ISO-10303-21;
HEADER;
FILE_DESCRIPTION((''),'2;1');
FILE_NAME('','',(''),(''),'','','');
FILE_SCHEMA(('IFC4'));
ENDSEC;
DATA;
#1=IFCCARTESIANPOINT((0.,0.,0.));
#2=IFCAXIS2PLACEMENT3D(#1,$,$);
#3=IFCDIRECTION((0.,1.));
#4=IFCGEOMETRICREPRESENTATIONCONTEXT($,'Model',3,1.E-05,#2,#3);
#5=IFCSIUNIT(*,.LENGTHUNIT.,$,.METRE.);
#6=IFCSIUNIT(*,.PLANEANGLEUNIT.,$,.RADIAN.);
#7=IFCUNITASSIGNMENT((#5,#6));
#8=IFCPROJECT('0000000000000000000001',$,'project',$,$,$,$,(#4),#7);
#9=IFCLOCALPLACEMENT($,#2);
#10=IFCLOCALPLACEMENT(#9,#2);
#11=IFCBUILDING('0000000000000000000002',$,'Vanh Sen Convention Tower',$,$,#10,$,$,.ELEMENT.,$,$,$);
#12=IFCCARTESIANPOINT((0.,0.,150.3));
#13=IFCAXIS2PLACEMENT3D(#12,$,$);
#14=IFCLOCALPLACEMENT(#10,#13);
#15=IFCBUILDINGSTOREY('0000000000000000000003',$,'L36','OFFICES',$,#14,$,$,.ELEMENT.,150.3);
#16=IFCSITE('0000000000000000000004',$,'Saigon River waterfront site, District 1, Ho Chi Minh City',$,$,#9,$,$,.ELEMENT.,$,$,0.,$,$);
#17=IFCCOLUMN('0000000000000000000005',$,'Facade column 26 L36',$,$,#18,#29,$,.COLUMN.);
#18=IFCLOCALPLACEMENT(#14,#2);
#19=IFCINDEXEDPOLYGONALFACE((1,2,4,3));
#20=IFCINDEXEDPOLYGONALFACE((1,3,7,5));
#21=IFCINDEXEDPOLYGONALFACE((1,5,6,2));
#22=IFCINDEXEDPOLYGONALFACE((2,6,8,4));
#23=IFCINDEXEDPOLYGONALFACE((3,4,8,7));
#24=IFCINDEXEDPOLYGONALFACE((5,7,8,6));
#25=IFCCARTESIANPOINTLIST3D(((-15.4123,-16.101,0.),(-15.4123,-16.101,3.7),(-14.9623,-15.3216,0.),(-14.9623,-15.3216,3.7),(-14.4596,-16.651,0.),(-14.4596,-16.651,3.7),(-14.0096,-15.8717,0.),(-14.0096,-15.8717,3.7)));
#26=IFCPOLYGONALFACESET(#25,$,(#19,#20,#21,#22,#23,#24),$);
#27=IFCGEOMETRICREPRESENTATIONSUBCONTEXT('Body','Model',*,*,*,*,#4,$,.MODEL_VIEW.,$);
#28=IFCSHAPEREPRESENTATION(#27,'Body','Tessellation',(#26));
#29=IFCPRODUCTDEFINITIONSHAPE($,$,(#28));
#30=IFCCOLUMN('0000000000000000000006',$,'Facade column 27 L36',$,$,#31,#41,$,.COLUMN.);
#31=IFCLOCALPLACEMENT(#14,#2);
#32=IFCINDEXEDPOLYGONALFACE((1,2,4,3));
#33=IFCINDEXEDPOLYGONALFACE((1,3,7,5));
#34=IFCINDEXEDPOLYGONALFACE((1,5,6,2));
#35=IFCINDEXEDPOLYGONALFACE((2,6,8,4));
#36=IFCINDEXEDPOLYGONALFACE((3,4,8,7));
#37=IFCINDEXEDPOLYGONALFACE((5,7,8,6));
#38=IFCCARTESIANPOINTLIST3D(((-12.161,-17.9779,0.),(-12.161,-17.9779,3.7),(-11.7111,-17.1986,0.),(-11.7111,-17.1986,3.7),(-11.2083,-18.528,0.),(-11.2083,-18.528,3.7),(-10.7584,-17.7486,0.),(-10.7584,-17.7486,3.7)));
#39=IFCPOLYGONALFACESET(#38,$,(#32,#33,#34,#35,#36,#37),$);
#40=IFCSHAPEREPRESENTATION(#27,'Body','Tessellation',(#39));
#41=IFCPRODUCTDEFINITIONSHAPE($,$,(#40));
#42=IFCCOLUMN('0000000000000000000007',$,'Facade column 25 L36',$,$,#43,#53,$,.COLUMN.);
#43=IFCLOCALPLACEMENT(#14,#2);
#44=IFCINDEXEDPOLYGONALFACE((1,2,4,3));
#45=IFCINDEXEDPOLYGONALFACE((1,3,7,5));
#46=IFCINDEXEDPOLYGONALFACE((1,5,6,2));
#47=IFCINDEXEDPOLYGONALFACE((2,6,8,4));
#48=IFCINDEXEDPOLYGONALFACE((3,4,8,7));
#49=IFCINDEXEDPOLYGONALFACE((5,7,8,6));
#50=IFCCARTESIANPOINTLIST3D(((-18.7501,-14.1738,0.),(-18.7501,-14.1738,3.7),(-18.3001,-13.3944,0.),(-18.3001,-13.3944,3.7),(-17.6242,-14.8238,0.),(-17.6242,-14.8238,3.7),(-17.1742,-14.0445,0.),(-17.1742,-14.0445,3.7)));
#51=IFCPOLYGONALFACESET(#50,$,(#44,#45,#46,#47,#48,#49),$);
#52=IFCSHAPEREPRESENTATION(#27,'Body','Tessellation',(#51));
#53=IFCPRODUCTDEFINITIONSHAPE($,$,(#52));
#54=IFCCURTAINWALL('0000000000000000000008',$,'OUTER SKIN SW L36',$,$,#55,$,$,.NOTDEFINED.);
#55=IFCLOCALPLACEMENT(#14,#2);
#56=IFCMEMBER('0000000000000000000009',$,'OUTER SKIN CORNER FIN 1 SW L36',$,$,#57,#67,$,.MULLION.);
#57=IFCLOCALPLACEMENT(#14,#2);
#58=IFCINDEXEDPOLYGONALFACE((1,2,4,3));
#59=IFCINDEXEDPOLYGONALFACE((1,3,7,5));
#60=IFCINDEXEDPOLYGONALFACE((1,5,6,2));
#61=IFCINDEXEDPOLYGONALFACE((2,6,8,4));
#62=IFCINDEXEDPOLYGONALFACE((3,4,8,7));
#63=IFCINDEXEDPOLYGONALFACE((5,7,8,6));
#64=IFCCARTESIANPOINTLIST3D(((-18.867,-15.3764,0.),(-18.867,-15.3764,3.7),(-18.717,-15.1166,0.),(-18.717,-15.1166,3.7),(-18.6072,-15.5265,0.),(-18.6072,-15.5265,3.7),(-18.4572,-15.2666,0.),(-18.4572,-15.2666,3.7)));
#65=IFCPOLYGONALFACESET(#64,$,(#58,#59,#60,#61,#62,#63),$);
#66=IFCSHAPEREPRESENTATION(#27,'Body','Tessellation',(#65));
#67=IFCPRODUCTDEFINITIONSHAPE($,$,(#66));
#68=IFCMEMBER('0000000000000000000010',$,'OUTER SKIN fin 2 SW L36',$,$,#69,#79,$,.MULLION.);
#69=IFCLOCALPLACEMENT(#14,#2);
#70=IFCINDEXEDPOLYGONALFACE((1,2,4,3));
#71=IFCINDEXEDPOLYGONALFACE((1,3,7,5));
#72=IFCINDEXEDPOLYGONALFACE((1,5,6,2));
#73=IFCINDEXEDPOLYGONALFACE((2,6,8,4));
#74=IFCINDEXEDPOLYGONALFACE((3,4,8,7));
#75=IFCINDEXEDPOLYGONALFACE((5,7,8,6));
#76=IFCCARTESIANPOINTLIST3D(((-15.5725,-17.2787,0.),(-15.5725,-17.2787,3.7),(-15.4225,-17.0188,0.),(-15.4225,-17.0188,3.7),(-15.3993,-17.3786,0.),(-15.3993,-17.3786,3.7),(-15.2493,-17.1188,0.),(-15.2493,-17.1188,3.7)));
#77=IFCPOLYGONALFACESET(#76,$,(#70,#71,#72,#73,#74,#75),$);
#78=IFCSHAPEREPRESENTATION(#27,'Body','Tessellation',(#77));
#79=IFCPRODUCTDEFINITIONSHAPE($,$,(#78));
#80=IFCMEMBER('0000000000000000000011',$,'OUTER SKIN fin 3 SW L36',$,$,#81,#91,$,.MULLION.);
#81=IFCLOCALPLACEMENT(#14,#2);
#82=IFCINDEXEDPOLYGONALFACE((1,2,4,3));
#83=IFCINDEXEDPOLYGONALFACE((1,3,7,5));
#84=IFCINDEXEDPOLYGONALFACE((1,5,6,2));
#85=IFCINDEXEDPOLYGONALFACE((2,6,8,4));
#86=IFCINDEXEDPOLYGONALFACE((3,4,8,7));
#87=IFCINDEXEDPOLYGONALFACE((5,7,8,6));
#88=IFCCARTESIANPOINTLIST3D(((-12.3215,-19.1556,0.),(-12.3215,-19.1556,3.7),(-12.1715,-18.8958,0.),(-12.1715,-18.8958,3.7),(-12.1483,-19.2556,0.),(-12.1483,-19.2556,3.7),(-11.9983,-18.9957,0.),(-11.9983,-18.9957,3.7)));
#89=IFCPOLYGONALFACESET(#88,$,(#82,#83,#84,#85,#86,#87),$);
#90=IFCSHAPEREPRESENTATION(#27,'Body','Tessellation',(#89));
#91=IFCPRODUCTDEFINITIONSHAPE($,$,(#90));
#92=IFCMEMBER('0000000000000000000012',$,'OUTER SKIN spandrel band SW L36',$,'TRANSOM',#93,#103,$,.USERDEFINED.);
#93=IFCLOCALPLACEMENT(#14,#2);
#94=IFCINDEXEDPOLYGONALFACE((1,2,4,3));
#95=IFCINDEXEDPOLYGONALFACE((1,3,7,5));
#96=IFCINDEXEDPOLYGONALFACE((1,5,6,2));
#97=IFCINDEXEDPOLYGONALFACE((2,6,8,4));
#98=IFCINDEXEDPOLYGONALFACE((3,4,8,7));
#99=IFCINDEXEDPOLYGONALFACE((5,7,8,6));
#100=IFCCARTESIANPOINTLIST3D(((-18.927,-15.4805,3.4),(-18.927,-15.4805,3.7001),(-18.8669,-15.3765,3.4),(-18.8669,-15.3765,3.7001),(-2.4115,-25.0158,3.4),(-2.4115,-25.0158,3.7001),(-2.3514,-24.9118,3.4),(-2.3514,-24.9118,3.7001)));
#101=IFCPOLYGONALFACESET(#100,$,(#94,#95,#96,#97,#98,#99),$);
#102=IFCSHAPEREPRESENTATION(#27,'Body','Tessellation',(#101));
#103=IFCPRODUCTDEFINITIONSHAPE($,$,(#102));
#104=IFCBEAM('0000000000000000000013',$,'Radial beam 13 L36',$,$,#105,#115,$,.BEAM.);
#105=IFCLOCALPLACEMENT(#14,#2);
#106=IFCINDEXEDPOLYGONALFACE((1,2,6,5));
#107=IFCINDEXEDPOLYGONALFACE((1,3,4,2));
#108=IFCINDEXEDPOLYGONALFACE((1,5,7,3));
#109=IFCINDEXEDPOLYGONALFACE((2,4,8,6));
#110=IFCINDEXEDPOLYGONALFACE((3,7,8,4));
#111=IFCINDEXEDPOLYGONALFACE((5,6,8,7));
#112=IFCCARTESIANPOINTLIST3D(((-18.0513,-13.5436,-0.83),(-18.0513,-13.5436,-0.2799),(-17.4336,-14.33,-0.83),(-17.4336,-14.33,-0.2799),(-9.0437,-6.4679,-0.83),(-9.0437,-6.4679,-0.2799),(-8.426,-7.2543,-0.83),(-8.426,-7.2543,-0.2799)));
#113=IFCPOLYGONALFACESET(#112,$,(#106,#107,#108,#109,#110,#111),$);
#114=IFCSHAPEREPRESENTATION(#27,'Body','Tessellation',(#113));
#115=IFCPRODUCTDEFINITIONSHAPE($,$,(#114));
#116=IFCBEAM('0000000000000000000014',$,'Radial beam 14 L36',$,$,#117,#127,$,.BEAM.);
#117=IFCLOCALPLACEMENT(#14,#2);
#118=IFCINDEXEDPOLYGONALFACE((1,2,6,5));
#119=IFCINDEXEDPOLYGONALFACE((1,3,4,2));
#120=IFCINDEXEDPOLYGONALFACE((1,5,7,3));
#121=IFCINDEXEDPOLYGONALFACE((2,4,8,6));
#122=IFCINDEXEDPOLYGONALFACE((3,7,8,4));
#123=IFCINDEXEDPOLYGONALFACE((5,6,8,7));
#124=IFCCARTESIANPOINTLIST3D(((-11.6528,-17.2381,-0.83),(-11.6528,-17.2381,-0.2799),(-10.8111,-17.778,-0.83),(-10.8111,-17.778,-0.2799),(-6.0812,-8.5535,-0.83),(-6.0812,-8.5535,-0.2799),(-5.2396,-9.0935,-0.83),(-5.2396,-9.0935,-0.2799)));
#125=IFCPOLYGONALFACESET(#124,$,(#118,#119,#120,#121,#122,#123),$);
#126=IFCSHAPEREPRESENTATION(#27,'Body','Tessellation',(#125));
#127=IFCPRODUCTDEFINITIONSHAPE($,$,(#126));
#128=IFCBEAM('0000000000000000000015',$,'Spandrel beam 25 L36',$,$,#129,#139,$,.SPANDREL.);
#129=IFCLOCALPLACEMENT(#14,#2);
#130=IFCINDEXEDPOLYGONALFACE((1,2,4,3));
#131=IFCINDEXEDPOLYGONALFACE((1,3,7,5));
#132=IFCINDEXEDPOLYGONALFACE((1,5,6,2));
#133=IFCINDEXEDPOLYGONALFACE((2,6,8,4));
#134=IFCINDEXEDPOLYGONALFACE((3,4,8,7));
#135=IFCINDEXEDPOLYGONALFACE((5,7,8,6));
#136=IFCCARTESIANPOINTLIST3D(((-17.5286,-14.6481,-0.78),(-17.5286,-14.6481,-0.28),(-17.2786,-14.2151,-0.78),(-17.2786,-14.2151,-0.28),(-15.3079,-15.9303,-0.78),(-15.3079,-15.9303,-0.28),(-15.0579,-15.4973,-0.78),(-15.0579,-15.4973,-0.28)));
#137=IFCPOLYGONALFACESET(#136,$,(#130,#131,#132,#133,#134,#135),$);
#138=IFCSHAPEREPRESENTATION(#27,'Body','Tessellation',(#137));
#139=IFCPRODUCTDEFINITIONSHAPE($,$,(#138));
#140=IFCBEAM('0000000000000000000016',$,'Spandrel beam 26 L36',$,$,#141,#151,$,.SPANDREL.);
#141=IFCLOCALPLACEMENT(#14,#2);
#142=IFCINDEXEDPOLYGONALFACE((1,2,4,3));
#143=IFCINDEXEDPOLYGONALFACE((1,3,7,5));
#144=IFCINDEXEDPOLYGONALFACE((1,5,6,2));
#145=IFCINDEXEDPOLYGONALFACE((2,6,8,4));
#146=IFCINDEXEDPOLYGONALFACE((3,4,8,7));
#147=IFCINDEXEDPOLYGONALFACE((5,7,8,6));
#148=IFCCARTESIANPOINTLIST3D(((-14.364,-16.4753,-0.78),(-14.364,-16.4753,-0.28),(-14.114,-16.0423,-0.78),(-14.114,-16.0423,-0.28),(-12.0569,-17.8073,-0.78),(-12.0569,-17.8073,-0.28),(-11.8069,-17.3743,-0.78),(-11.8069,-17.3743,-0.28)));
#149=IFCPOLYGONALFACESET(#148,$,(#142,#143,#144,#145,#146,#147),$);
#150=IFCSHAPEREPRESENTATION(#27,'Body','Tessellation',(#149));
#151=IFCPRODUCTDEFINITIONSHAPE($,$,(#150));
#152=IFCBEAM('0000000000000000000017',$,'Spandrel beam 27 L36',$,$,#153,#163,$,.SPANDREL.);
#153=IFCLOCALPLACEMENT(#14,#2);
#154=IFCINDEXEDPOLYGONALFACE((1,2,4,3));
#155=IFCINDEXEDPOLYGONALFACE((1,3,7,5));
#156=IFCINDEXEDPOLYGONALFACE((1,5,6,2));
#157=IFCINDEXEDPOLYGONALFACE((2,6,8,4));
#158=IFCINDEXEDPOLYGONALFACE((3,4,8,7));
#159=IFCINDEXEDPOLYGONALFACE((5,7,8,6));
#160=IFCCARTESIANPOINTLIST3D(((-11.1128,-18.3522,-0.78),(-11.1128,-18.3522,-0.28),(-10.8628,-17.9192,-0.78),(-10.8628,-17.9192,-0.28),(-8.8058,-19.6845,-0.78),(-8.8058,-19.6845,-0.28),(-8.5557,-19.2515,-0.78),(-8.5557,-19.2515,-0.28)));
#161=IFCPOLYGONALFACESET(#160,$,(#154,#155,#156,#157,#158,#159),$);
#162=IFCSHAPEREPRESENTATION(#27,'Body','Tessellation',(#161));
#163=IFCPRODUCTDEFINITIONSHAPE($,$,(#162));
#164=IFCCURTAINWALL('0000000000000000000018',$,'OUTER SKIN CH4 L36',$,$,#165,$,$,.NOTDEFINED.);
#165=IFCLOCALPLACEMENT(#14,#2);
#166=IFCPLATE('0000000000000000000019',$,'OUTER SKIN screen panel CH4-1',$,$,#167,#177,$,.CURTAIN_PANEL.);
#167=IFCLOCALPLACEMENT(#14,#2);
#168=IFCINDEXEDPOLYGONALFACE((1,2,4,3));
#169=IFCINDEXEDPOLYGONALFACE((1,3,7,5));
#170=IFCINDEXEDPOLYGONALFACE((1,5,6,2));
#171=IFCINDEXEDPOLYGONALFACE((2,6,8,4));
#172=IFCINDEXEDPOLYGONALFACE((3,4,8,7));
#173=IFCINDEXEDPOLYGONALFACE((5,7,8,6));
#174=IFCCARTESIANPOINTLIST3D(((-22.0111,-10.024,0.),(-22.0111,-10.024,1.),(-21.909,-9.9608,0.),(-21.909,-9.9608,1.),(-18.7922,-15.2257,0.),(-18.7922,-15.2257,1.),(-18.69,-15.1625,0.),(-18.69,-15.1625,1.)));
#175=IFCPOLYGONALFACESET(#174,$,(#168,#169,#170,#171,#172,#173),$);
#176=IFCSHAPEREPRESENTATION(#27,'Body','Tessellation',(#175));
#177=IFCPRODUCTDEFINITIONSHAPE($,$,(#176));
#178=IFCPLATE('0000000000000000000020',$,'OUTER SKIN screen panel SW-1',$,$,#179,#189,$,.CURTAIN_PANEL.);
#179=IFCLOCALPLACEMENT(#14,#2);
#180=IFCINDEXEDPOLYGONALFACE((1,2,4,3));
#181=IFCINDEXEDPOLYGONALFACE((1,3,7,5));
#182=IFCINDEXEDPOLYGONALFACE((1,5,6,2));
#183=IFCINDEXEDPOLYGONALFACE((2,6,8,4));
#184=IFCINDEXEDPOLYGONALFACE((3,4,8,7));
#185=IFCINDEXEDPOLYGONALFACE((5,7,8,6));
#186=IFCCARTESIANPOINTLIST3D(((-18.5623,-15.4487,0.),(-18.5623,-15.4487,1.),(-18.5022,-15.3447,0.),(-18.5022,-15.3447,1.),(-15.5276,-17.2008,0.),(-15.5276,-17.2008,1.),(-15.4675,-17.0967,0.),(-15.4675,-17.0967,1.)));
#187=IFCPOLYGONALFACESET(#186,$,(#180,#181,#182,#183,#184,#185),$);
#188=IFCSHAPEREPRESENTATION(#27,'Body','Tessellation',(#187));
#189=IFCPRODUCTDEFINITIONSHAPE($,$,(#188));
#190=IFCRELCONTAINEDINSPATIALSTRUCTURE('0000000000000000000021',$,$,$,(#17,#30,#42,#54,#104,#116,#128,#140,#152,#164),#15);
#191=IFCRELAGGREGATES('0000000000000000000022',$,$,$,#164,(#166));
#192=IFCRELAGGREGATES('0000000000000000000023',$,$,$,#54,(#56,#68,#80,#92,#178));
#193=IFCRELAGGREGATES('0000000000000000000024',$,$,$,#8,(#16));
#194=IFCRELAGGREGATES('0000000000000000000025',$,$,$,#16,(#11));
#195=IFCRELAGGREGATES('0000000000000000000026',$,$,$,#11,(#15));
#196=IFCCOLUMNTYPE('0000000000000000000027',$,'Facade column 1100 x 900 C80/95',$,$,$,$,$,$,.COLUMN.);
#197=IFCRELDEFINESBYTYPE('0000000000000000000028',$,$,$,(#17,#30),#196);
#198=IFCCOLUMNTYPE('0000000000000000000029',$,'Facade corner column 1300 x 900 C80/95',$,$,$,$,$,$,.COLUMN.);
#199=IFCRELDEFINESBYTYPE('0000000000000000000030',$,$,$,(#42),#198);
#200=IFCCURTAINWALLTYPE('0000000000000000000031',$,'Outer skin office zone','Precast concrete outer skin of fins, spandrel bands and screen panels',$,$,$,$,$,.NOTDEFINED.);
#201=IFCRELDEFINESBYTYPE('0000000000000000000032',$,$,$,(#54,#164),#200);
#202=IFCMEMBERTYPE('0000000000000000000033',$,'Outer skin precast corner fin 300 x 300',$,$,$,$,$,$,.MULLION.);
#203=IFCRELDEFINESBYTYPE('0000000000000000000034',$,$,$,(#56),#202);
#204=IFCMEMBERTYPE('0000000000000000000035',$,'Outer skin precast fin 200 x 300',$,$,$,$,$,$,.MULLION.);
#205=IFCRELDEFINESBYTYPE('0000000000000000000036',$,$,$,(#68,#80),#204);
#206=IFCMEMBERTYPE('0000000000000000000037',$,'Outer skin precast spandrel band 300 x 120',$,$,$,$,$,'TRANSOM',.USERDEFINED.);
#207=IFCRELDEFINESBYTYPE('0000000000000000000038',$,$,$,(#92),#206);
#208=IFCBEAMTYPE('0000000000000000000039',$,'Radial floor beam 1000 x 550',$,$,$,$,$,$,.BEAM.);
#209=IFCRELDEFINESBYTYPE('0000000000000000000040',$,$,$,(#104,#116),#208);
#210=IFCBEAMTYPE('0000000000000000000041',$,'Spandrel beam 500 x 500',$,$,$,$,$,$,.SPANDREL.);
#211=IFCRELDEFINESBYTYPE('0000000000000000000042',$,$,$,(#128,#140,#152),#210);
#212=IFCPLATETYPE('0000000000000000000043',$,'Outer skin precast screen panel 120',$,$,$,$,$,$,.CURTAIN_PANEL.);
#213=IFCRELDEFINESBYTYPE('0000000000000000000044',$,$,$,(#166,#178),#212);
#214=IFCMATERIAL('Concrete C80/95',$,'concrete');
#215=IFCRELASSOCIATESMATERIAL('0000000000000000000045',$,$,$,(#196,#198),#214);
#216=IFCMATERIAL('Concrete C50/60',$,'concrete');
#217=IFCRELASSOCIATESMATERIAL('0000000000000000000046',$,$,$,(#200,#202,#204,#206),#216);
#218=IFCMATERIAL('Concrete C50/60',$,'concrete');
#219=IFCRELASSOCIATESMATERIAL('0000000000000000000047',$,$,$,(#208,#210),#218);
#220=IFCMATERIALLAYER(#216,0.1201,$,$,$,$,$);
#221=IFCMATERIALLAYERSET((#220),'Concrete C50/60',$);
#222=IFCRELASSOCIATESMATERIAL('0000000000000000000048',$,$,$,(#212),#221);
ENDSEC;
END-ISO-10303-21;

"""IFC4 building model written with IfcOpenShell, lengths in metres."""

from ifc_helpers import new_model, si_unit, direction, frame, origin, origin_2d, place, context, subcontext, project, spatial, rectangle, extrude, material, layer, layer_set, material_profile, profile_set, type_object, element, aggregate, save


model = new_model("IFC4")

# Units and contexts
model_context = context("Model", 3, precision=1e-05, world=origin(), true_north=direction((0.0, 1.0)))
body_context = subcontext(model_context, "Body", "Model", "MODEL_VIEW")
ifc_project = project(units=[si_unit("LENGTHUNIT", "METRE"), si_unit("PLANEANGLEUNIT", "RADIAN")], contexts=[model_context])

# Site, building, storey
site_placement = place(None, origin())
site = spatial("IfcSite", under=ifc_project, at=site_placement, Name="Saigon River waterfront site, District 1, Ho Chi Minh City", CompositionType="ELEMENT", RefElevation=0.0)
building_placement = place(site_placement, origin())
building = spatial("IfcBuilding", under=site, at=building_placement, Name="Vanh Sen Convention Tower", CompositionType="ELEMENT")
storey_placement = place(building_placement, frame((0.0, 0.0, 150.3)))
storey = spatial("IfcBuildingStorey", under=building, at=storey_placement, Name="L36", Description="OFFICES", CompositionType="ELEMENT", Elevation=150.3)

# Columns
ifc_material_1 = material(Name="Concrete C80/95", Category="concrete")
ifc_material_profile_1 = material_profile(ifc_material_1, rectangle(XDim=1.1001, YDim=0.8999, at=origin_2d()), Name="RC 1100X900")
ifc_profile_set_1 = profile_set([ifc_material_profile_1], Name="Concrete C80/95")
column_type_1 = type_object("IfcColumnType", Name="Facade column 1100 x 900 C80/95", PredefinedType="COLUMN", material=ifc_profile_set_1)
for number, where, z_axis, x_axis, name in (
    (1, (-14.7109, -15.9863, 0.0), (0.0, 0.0, 1.0), (0.866025, -0.5, 0.0), "Facade column 26 L36"),
    (2, (-11.4597, -17.8633, 0.0), (0.0, 0.0, 1.0), (0.866025, -0.5, 0.0), "Facade column 27 L36"),
):
    element("IfcColumn", number, at=place(storey_placement, frame(where, z_axis=z_axis, x_axis=x_axis)), inside=storey, type_object=column_type_1, Name=name, PredefinedType="COLUMN", context=body_context, shape_type="SweptSolid", body=[
        extrude(rectangle(XDim=1.1001, YDim=0.8999, at=origin_2d()), origin(), (0.0, 0.0, 1.0), 3.7),
    ])
ifc_material_profile_2 = material_profile(ifc_material_1, rectangle(XDim=1.3, YDim=0.8999, at=origin_2d()), Name="RC 1300X900")
ifc_profile_set_2 = profile_set([ifc_material_profile_2], Name="Concrete C80/95")
column_type_2 = type_object("IfcColumnType", Name="Facade corner column 1300 x 900 C80/95", PredefinedType="COLUMN", material=ifc_profile_set_2)
column_placement = place(storey_placement, frame((-17.9622, -14.1091, 0.0), z_axis=(0.0, 0.0, 1.0), x_axis=(0.866025, -0.5, 0.0)))
element("IfcColumn", 3, at=column_placement, inside=storey, type_object=column_type_2, Name="Facade column 25 L36", PredefinedType="COLUMN", context=body_context, shape_type="SweptSolid", body=[
    extrude(rectangle(XDim=1.3, YDim=0.8999, at=origin_2d()), origin(), (0.0, 0.0, 1.0), 3.7),
])

# Curtain wall, members
ifc_material_2 = material(Name="Concrete C50/60", Category="concrete")
curtain_wall_type = type_object("IfcCurtainWallType", Name="Outer skin office zone", Description="Precast concrete outer skin of fins, spandrel bands and screen panels", PredefinedType="NOTDEFINED", material=ifc_material_2)
curtain_wall_1_placement = place(storey_placement, origin())
curtain_wall_1 = element("IfcCurtainWall", 4, at=curtain_wall_1_placement, inside=storey, type_object=curtain_wall_type, Name="OUTER SKIN SW L36", PredefinedType="NOTDEFINED")
ifc_material_profile_3 = material_profile(ifc_material_2, rectangle(XDim=0.3, YDim=0.3, at=origin_2d()), Name="Outer skin precast corner fin 300 x 300")
ifc_profile_set_3 = profile_set([ifc_material_profile_3], Name="Concrete C50/60")
member_type_1 = type_object("IfcMemberType", Name="Outer skin precast corner fin 300 x 300", PredefinedType="MULLION", material=ifc_profile_set_3)
member_1_placement = place(storey_placement, frame((-18.6621, -15.3215, 0.0), z_axis=(0.0, 0.0, 1.0), x_axis=(0.866025, -0.5, 0.0)))
member_1 = element("IfcMember", 5, at=member_1_placement, type_object=member_type_1, Name="OUTER SKIN CORNER FIN 1 SW L36", PredefinedType="MULLION", context=body_context, shape_type="SweptSolid", body=[
    extrude(rectangle(XDim=0.3, YDim=0.3, at=origin_2d()), origin(), (0.0, 0.0, 1.0), 3.7),
])
ifc_material_profile_4 = material_profile(ifc_material_2, rectangle(XDim=0.2, YDim=0.3, at=origin_2d()), Name="Outer skin precast fin 200 x 300")
ifc_profile_set_4 = profile_set([ifc_material_profile_4], Name="Concrete C50/60")
member_type_2 = type_object("IfcMemberType", Name="Outer skin precast fin 200 x 300", PredefinedType="MULLION", material=ifc_profile_set_4)
member_2_placement = place(storey_placement, frame((-15.4109, -17.1987, 0.0), z_axis=(0.0, 0.0, 1.0), x_axis=(0.866025, -0.5, 0.0)))
member_2 = element("IfcMember", 6, at=member_2_placement, type_object=member_type_2, Name="OUTER SKIN fin 2 SW L36", PredefinedType="MULLION", context=body_context, shape_type="SweptSolid", body=[
    extrude(rectangle(XDim=0.2, YDim=0.3, at=origin_2d()), origin(), (0.0, 0.0, 1.0), 3.7),
])
member_3_placement = place(storey_placement, frame((-12.1599, -19.0757, 0.0), z_axis=(0.0, 0.0, 1.0), x_axis=(0.866025, -0.5, 0.0)))
member_3 = element("IfcMember", 7, at=member_3_placement, type_object=member_type_2, Name="OUTER SKIN fin 3 SW L36", PredefinedType="MULLION", context=body_context, shape_type="SweptSolid", body=[
    extrude(rectangle(XDim=0.2, YDim=0.3, at=origin_2d()), origin(), (0.0, 0.0, 1.0), 3.7),
])
ifc_material_profile_5 = material_profile(ifc_material_2, rectangle(XDim=0.1201, YDim=0.3, at=origin_2d()), Name="Outer skin precast spandrel band 300 x 120")
ifc_profile_set_5 = profile_set([ifc_material_profile_5], Name="Concrete C50/60")
member_type_3 = type_object("IfcMemberType", Name="Outer skin precast spandrel band 300 x 120", ElementType="TRANSOM", PredefinedType="USERDEFINED", material=ifc_profile_set_5)
member_4_placement = place(storey_placement, frame((-18.897, -15.4285, 3.55), z_axis=(0.866023, -0.500004, 0.0), x_axis=(0.500004, 0.866023, 0.0)))
member_4 = element("IfcMember", 8, at=member_4_placement, type_object=member_type_3, Name="OUTER SKIN spandrel band SW L36", ObjectType="TRANSOM", PredefinedType="USERDEFINED", context=body_context, shape_type="SweptSolid", body=[
    extrude(rectangle(XDim=0.1201, YDim=0.3, at=origin_2d()), origin(), (0.0, 0.0, 1.0), 19.0706),
])

# Beams
ifc_material_3 = material(Name="Concrete C50/60", Category="concrete")
ifc_material_profile_6 = material_profile(ifc_material_3, rectangle(XDim=1.0, YDim=0.55, at=origin_2d()), Name="RC 1000X550")
ifc_profile_set_6 = profile_set([ifc_material_profile_6], Name="Concrete C50/60")
beam_type_1 = type_object("IfcBeamType", Name="Radial floor beam 1000 x 550", PredefinedType="BEAM", material=ifc_profile_set_6)
beam_1_placement = place(storey_placement, frame((-17.7424, -13.9368, -0.5549), z_axis=(0.78639, 0.61773, 0.0), x_axis=(-0.61773, 0.78639, 0.0)))
element("IfcBeam", 9, at=beam_1_placement, inside=storey, type_object=beam_type_1, Name="Radial beam 13 L36", PredefinedType="BEAM", context=body_context, shape_type="SweptSolid", body=[
    extrude(rectangle(XDim=1.0, YDim=0.55, at=origin_2d()), origin(), (0.0, 0.0, 1.0), 11.4543),
])
beam_2_placement = place(storey_placement, frame((-11.2319, -17.5081, -0.5549), z_axis=(0.539975, 0.841681, 0.0), x_axis=(-0.841681, 0.539975, 0.0)))
element("IfcBeam", 10, at=beam_2_placement, inside=storey, type_object=beam_type_1, Name="Radial beam 14 L36", PredefinedType="BEAM", context=body_context, shape_type="SweptSolid", body=[
    extrude(rectangle(XDim=1.0, YDim=0.55, at=origin_2d()), origin(), (0.0, 0.0, 1.0), 10.3181),
])
ifc_material_profile_7 = material_profile(ifc_material_3, rectangle(XDim=0.5, YDim=0.5, at=origin_2d()), Name="RC 500X500")
ifc_profile_set_7 = profile_set([ifc_material_profile_7], Name="Concrete C50/60")
beam_type_2 = type_object("IfcBeamType", Name="Spandrel beam 500 x 500", PredefinedType="SPANDREL", material=ifc_profile_set_7)
beam_3_placement = place(storey_placement, frame((-17.4036, -14.4316, -0.53), z_axis=(0.866008, -0.50003, 0.0), x_axis=(0.50003, 0.866008, 0.0)))
element("IfcBeam", 11, at=beam_3_placement, inside=storey, type_object=beam_type_2, Name="Spandrel beam 25 L36", PredefinedType="SPANDREL", context=body_context, shape_type="SweptSolid", body=[
    extrude(rectangle(XDim=0.5, YDim=0.5, at=origin_2d()), origin(), (0.0, 0.0, 1.0), 2.5642),
])
for number, where, z_axis, x_axis, name in (
    (12, (-14.239, -16.2588, -0.53), (0.866024, -0.500003, 0.0), (0.500003, 0.866024, 0.0), "Spandrel beam 26 L36"),
    (13, (-10.9878, -18.1357, -0.53), (0.865984, -0.500071, 0.0), (0.500071, 0.865984, 0.0), "Spandrel beam 27 L36"),
):
    element("IfcBeam", number, at=place(storey_placement, frame(where, z_axis=z_axis, x_axis=x_axis)), inside=storey, type_object=beam_type_2, Name=name, PredefinedType="SPANDREL", context=body_context, shape_type="SweptSolid", body=[
        extrude(rectangle(XDim=0.5, YDim=0.5, at=origin_2d()), origin(), (0.0, 0.0, 1.0), 2.6641),
    ])

# Curtain wall, plate
curtain_wall_2_placement = place(storey_placement, origin())
curtain_wall_2 = element("IfcCurtainWall", 14, at=curtain_wall_2_placement, inside=storey, type_object=curtain_wall_type, Name="OUTER SKIN CH4 L36", PredefinedType="NOTDEFINED")
ifc_layer_1 = layer(ifc_material_2, 0.1201)
ifc_layer_set_1 = layer_set([ifc_layer_1], Name="Concrete C50/60")
plate_type = type_object("IfcPlateType", Name="Outer skin precast screen panel 120", PredefinedType="CURTAIN_PANEL", material=ifc_layer_set_1)
plate_1_placement = place(storey_placement, frame((-20.3506, -12.5933, 0.0), z_axis=(0.0, 0.0, 1.0), x_axis=(0.526218, -0.850349, 0.0)))
plate_1 = element("IfcPlate", 15, at=plate_1_placement, type_object=plate_type, Name="OUTER SKIN screen panel CH4-1", PredefinedType="CURTAIN_PANEL", context=body_context, shape_type="SweptSolid", body=[
    extrude(rectangle(XDim=6.1172, YDim=0.1201, at=origin_2d()), origin(), (0.0, 0.0, 1.0), 1.0),
])
aggregate(curtain_wall_2, [plate_1])

# Plate
plate_2_placement = place(storey_placement, frame((-17.0149, -16.2727, 0.0), z_axis=(0.0, 0.0, 1.0), x_axis=(0.866024, -0.500003, 0.0)))
plate_2 = element("IfcPlate", 16, at=plate_2_placement, type_object=plate_type, Name="OUTER SKIN screen panel SW-1", PredefinedType="CURTAIN_PANEL", context=body_context, shape_type="SweptSolid", body=[
    extrude(rectangle(XDim=3.5042, YDim=0.1201, at=origin_2d()), origin(), (0.0, 0.0, 1.0), 1.0),
])
aggregate(curtain_wall_1, [member_1, member_2, member_3, member_4, plate_2])

save(model, "model.ifc")
